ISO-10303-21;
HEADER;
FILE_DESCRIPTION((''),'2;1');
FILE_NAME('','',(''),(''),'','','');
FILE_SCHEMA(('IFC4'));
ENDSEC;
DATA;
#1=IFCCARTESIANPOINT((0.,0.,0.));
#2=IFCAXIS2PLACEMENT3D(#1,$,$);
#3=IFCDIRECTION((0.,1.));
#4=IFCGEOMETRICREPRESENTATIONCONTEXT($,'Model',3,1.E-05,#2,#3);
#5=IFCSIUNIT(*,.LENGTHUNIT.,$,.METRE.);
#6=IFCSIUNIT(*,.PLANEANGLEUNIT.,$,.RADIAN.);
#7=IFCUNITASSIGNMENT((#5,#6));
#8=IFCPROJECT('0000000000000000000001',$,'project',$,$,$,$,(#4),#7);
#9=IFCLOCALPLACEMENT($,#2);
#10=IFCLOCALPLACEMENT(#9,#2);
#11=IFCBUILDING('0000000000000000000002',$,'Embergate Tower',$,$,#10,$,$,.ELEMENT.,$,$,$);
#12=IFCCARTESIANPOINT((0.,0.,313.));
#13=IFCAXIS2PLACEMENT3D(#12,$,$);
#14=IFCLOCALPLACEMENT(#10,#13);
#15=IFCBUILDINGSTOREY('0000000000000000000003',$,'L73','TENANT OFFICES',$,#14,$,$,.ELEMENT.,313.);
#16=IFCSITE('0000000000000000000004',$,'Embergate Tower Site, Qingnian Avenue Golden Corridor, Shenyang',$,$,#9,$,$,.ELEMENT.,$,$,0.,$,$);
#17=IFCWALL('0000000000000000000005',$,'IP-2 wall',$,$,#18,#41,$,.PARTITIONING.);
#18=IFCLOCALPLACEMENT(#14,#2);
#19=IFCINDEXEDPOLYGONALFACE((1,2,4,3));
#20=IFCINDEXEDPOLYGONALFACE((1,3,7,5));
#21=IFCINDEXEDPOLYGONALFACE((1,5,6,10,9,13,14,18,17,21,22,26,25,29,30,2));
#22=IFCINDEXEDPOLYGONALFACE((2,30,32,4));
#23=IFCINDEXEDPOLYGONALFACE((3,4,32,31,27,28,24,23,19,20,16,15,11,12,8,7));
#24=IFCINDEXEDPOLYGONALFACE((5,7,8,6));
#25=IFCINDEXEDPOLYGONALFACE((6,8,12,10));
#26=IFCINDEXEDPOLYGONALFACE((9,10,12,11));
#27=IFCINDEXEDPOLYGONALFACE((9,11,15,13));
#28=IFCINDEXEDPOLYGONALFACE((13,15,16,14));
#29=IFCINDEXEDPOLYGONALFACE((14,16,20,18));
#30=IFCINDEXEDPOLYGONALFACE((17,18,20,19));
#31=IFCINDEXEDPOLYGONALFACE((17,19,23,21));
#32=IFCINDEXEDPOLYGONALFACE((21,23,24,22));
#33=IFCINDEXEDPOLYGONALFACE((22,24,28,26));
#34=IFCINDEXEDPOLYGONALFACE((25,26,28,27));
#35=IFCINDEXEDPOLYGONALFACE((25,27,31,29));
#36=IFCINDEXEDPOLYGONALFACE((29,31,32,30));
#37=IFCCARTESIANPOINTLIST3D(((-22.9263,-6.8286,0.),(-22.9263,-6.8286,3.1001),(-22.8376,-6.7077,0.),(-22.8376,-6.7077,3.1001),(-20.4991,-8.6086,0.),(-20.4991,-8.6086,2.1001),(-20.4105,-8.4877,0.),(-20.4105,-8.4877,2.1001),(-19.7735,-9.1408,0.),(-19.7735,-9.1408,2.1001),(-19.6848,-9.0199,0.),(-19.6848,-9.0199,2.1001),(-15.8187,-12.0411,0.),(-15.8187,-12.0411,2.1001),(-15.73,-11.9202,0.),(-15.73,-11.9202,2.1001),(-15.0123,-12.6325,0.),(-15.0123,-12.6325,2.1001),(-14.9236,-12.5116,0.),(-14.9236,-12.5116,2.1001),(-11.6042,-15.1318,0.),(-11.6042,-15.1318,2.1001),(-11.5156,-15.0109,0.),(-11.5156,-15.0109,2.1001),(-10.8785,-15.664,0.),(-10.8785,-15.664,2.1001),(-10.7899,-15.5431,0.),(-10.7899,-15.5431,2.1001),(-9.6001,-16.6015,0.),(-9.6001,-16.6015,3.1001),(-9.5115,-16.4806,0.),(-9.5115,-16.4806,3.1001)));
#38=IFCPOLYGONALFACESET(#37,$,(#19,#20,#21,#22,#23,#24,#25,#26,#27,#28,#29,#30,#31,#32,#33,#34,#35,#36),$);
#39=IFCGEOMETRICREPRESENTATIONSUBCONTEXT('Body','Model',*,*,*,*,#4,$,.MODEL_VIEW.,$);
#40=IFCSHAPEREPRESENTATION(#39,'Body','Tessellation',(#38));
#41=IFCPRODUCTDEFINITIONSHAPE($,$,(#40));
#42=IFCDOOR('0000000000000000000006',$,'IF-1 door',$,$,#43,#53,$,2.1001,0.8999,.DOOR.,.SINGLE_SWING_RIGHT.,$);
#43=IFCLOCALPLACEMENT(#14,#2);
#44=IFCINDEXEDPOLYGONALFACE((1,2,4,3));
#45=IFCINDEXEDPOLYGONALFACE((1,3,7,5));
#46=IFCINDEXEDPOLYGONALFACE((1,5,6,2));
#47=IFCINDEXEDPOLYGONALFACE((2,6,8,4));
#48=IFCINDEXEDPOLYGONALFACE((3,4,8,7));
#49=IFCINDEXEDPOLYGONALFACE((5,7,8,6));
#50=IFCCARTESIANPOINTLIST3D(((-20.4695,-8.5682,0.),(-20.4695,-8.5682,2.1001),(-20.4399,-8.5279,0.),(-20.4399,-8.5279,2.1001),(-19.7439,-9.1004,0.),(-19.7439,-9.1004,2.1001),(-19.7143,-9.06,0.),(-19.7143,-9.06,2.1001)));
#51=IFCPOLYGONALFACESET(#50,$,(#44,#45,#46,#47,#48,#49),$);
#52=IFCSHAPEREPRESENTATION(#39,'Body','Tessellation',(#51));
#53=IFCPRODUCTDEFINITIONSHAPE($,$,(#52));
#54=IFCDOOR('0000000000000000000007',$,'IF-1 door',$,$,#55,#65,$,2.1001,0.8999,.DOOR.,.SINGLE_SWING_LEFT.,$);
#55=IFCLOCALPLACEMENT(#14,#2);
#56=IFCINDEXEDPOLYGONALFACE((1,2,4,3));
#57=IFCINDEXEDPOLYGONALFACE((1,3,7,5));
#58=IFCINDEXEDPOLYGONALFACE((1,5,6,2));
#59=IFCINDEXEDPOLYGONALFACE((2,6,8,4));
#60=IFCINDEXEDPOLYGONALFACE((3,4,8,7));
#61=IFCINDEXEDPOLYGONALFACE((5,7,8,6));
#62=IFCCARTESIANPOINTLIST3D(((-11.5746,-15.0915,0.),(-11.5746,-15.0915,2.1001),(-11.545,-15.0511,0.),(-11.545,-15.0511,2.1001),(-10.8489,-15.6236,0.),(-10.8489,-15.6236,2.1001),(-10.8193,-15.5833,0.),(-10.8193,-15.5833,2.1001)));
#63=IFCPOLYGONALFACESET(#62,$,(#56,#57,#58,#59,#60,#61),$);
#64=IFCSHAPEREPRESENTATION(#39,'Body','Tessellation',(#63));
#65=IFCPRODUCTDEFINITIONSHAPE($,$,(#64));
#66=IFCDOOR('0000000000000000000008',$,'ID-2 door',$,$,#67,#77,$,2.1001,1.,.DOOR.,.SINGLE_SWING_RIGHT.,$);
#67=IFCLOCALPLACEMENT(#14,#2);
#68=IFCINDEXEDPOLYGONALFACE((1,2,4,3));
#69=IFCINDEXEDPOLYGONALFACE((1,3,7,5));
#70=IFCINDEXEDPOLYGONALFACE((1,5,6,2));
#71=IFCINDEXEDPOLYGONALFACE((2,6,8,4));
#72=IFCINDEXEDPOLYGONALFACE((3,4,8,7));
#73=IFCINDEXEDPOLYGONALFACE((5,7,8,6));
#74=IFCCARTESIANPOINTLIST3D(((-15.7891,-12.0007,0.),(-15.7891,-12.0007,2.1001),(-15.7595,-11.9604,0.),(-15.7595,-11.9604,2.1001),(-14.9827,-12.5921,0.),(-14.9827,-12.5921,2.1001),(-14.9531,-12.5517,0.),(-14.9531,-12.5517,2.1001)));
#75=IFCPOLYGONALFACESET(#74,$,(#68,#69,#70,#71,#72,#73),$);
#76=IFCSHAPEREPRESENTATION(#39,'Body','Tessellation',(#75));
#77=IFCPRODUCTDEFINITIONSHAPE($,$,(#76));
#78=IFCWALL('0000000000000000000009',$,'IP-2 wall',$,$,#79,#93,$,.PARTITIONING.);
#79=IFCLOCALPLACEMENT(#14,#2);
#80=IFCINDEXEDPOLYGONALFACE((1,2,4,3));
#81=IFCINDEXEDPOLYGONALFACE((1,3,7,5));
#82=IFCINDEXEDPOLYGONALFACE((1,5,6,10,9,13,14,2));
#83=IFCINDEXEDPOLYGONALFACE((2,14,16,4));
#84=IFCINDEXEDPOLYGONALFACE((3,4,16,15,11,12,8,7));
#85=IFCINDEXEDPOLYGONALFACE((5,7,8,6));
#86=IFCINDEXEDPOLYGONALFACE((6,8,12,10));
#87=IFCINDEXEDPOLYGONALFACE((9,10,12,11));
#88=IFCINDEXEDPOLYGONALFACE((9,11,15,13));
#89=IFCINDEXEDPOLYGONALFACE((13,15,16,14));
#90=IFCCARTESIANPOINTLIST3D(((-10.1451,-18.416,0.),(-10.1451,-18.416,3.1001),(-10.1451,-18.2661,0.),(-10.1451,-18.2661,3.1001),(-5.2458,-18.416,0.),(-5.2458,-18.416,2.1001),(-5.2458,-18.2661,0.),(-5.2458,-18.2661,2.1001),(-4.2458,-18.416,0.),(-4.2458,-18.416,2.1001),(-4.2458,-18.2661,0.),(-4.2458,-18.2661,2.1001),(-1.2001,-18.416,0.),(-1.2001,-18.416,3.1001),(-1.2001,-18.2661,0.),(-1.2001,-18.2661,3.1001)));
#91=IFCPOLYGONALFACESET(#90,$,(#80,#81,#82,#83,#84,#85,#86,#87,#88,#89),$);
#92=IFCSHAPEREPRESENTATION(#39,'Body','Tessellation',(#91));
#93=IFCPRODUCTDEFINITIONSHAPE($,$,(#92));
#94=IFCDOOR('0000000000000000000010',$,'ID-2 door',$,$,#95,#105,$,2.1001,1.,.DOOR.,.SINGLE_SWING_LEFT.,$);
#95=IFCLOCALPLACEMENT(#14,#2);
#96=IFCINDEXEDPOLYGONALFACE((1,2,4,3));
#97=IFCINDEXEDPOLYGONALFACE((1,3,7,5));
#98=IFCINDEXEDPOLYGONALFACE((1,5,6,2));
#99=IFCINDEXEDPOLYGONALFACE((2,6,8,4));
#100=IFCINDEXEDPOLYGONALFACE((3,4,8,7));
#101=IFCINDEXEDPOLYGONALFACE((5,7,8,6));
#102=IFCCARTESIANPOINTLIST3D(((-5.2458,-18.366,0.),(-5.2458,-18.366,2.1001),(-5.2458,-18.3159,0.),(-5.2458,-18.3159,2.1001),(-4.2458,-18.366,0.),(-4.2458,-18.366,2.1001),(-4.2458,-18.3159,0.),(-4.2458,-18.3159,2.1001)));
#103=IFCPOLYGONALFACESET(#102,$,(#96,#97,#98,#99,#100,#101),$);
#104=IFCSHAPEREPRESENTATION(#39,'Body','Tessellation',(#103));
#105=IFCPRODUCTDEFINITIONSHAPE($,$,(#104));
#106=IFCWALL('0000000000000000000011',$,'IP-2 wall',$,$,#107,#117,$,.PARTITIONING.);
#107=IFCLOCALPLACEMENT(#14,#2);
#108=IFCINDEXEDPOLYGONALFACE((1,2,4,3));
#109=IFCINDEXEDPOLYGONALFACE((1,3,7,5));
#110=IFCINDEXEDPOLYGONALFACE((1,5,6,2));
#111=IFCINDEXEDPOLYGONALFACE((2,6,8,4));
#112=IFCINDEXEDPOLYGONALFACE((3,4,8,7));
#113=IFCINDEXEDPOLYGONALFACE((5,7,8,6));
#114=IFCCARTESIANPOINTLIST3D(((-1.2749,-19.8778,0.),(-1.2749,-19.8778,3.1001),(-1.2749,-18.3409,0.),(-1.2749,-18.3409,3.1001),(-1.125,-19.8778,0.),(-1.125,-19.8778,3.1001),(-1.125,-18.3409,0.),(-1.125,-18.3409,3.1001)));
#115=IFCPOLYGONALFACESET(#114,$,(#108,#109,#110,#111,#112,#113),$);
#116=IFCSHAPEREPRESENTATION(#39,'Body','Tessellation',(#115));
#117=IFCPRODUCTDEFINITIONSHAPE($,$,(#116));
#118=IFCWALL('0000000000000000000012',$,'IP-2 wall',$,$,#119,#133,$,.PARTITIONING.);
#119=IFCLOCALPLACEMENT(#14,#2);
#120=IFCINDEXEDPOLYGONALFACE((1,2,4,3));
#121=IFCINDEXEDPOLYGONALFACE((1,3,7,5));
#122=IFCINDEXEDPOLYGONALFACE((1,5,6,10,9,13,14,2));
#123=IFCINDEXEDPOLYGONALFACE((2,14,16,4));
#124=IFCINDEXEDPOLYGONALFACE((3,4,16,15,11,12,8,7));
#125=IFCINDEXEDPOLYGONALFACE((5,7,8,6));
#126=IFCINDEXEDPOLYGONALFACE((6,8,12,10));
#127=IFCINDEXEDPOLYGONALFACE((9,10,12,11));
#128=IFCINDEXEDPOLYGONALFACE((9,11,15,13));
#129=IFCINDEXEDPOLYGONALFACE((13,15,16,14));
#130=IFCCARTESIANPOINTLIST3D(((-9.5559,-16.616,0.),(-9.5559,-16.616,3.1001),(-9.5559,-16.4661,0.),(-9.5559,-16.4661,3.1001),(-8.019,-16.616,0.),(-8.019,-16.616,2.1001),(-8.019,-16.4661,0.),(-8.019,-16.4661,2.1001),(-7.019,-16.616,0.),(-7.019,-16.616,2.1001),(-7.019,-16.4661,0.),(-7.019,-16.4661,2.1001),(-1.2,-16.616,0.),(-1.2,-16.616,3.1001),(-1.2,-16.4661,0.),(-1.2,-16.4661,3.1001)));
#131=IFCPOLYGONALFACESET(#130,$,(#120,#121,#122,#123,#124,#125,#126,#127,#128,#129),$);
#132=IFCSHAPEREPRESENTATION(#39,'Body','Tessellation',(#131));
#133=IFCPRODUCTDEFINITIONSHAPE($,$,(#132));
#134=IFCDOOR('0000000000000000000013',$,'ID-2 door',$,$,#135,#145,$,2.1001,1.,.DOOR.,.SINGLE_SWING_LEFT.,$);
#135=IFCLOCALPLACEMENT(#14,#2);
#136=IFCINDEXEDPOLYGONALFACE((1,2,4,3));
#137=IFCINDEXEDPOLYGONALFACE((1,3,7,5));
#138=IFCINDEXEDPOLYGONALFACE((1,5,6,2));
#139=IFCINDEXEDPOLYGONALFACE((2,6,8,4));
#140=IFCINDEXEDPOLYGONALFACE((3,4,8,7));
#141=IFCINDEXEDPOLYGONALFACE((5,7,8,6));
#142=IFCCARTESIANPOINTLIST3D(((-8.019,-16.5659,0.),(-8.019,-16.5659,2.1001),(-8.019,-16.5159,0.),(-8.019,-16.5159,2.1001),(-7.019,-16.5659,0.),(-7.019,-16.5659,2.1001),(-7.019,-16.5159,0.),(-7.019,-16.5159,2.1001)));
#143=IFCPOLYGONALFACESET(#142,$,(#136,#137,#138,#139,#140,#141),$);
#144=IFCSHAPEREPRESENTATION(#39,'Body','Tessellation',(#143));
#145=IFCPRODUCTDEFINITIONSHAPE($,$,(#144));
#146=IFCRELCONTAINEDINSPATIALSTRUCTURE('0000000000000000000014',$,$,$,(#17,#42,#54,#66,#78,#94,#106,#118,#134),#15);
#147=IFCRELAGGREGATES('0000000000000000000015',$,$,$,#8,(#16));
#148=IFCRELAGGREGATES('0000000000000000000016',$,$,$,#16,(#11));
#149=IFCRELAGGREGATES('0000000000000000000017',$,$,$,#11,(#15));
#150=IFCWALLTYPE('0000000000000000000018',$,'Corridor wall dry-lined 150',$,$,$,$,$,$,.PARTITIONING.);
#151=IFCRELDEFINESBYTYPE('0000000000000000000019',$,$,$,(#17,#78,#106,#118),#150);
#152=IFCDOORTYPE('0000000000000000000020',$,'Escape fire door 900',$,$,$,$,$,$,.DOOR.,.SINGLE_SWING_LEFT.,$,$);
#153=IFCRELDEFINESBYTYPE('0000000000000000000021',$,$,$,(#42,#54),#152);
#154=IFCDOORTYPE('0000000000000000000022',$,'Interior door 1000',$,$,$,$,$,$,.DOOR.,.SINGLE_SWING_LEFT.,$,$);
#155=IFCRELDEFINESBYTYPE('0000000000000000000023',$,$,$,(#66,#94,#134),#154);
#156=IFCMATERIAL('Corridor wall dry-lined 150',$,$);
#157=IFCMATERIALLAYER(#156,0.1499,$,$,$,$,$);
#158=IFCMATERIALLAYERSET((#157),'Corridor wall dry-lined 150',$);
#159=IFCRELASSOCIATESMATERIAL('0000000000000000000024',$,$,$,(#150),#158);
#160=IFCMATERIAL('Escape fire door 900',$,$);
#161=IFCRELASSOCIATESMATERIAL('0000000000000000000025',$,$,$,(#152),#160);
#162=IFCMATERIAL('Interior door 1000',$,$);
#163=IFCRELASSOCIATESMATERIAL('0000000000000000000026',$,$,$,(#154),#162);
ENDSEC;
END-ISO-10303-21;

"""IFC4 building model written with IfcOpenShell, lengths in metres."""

from ifc_helpers import new_model, si_unit, direction, frame, frame_2d, origin, place, context, subcontext, project, spatial, rectangle, extrude, source, transform, mapped, material, layer, layer_set, type_object, element, fill, save


model = new_model("IFC4")

# Units and contexts
model_context = context("Model", 3, precision=1e-05, world=origin(), true_north=direction((0.0, 1.0)))
body_context = subcontext(model_context, "Body", "Model", "MODEL_VIEW")
ifc_project = project(units=[si_unit("LENGTHUNIT", "METRE"), si_unit("PLANEANGLEUNIT", "RADIAN")], contexts=[model_context])

# Site, building, storey
site_placement = place(None, origin())
site = spatial("IfcSite", under=ifc_project, at=site_placement, Name="Embergate Tower Site, Qingnian Avenue Golden Corridor, Shenyang", CompositionType="ELEMENT", RefElevation=0.0)
building_placement = place(site_placement, origin())
building = spatial("IfcBuilding", under=site, at=building_placement, Name="Embergate Tower", CompositionType="ELEMENT")
storey_placement = place(building_placement, frame((0.0, 0.0, 313.0)))
storey = spatial("IfcBuildingStorey", under=building, at=storey_placement, Name="L73", Description="TENANT OFFICES", CompositionType="ELEMENT", Elevation=313.0)

# Wall, openings, doors
ifc_material_1 = material(Name="Corridor wall dry-lined 150")
ifc_layer_1 = layer(ifc_material_1, 0.1499)
ifc_layer_set_1 = layer_set([ifc_layer_1], Name="Corridor wall dry-lined 150")
wall_type_1 = type_object("IfcWallType", Name="Corridor wall dry-lined 150", PredefinedType="PARTITIONING", material=ifc_layer_set_1)
shared_shape_1 = source(origin(), body_context, "Body", "SweptSolid", [
    extrude(rectangle(XDim=0.8999, YDim=2.1001, at=frame_2d((0.45, 1.05))), frame((0.0, 0.085, 0.0), z_axis=(0.0, -1.0, 0.0), x_axis=(1.0, 0.0, 0.0)), (0.0, 0.0, 1.0), 0.1699),
])
shared_shape_2 = source(origin(), body_context, "Body", "SweptSolid", [
    extrude(rectangle(XDim=1.0, YDim=2.1001, at=frame_2d((0.5, 1.05))), frame((0.0, 0.085, 0.0), z_axis=(0.0, -1.0, 0.0), x_axis=(1.0, 0.0, 0.0)), (0.0, 0.0, 1.0), 0.1699),
])
ifc_material_2 = material(Name="Escape fire door 900")
door_type_1 = type_object("IfcDoorType", Name="Escape fire door 900", OperationType="SINGLE_SWING_LEFT", PredefinedType="DOOR", material=ifc_material_2)
shared_shape_3 = source(origin(), body_context, "Body", "SweptSolid", [
    extrude(rectangle(XDim=0.8999, YDim=2.1001, at=frame_2d((0.45, 1.05))), frame((0.0, 0.0249, 0.0), z_axis=(0.0, -1.0, 0.0), x_axis=(1.0, 0.0, 0.0)), (0.0, 0.0, 1.0), 0.05),
])
ifc_material_3 = material(Name="Interior door 1000")
door_type_2 = type_object("IfcDoorType", Name="Interior door 1000", OperationType="SINGLE_SWING_LEFT", PredefinedType="DOOR", material=ifc_material_3)
shared_shape_4 = source(origin(), body_context, "Body", "SweptSolid", [
    extrude(rectangle(XDim=1.0, YDim=2.1001, at=frame_2d((0.5, 1.05))), frame((0.0, 0.0249, 0.0), z_axis=(0.0, -1.0, 0.0), x_axis=(1.0, 0.0, 0.0)), (0.0, 0.0, 1.0), 0.05),
])
shared_shape_5 = source(origin(), body_context, "Body", "SweptSolid", [
    extrude(rectangle(XDim=16.5256, YDim=0.1499, at=frame_2d((8.2627, 0.0))), origin(), (0.0, 0.0, 1.0), 3.1001),
])
wall_1_placement = place(storey_placement, frame((-9.5559, -16.541, 0.0), z_axis=(0.0, 0.0, 1.0), x_axis=(-0.806393, 0.59138, 0.0)))
wall_1 = element("IfcWall", 1, at=wall_1_placement, inside=storey, type_object=wall_type_1, Name="IP-2 wall", PredefinedType="PARTITIONING", context=body_context, shape_type="MappedRepresentation", body=[
    mapped(shared_shape_5, transform((0.0, 0.0, 0.0))),
])
opening_1_placement = place(wall_1_placement, frame((12.6157, 0.0, 0.0)))
opening_1 = element("IfcOpeningElement", 2, at=opening_1_placement, cuts=wall_1, PredefinedType="OPENING", context=body_context, shape_type="MappedRepresentation", body=[
    mapped(shared_shape_1, transform((0.0, 0.0, 0.0))),
])
opening_2_placement = place(wall_1_placement, frame((6.7114, 0.0, 0.0)))
opening_2 = element("IfcOpeningElement", 3, at=opening_2_placement, cuts=wall_1, PredefinedType="OPENING", context=body_context, shape_type="MappedRepresentation", body=[
    mapped(shared_shape_2, transform((0.0, 0.0, 0.0))),
])
opening_3_placement = place(wall_1_placement, frame((1.5852, 0.0, 0.0)))
opening_3 = element("IfcOpeningElement", 4, at=opening_3_placement, cuts=wall_1, PredefinedType="OPENING", context=body_context, shape_type="MappedRepresentation", body=[
    mapped(shared_shape_1, transform((0.0, 0.0, 0.0))),
])
door_1_placement = place(opening_1_placement, origin())
door_1 = element("IfcDoor", 5, at=door_1_placement, inside=storey, type_object=door_type_1, Name="IF-1 door", OperationType="SINGLE_SWING_RIGHT", OverallHeight=2.1001, OverallWidth=0.8999, PredefinedType="DOOR", context=body_context, shape_type="MappedRepresentation", body=[
    mapped(shared_shape_3, transform((0.0, 0.0, 0.0))),
])
fill(opening_1, door_1)
door_2_placement = place(opening_3_placement, origin())
door_2 = element("IfcDoor", 6, at=door_2_placement, inside=storey, type_object=door_type_1, Name="IF-1 door", OperationType="SINGLE_SWING_LEFT", OverallHeight=2.1001, OverallWidth=0.8999, PredefinedType="DOOR", context=body_context, shape_type="MappedRepresentation", body=[
    mapped(shared_shape_3, transform((0.0, 0.0, 0.0))),
])
fill(opening_3, door_2)
door_3_placement = place(opening_2_placement, origin())
door_3 = element("IfcDoor", 7, at=door_3_placement, inside=storey, type_object=door_type_2, Name="ID-2 door", OperationType="SINGLE_SWING_RIGHT", OverallHeight=2.1001, OverallWidth=1.0, PredefinedType="DOOR", context=body_context, shape_type="MappedRepresentation", body=[
    mapped(shared_shape_4, transform((0.0, 0.0, 0.0))),
])
fill(opening_2, door_3)

# Wall, opening, door
shared_shape_6 = source(origin(), body_context, "Body", "SweptSolid", [
    extrude(rectangle(XDim=8.9451, YDim=0.1499, at=frame_2d((4.4727, 0.0))), origin(), (0.0, 0.0, 1.0), 3.1001),
])
wall_2_placement = place(storey_placement, frame((-1.2, -18.3411, 0.0), z_axis=(0.0, 0.0, 1.0), x_axis=(-1.0, 0.0, 0.0)))
wall_2 = element("IfcWall", 8, at=wall_2_placement, inside=storey, type_object=wall_type_1, Name="IP-2 wall", PredefinedType="PARTITIONING", context=body_context, shape_type="MappedRepresentation", body=[
    mapped(shared_shape_6, transform((0.0, 0.0, 0.0))),
])
opening_4_placement = place(wall_2_placement, frame((3.0459, 0.0, 0.0)))
opening_4 = element("IfcOpeningElement", 9, at=opening_4_placement, cuts=wall_2, PredefinedType="OPENING", context=body_context, shape_type="MappedRepresentation", body=[
    mapped(shared_shape_2, transform((0.0, 0.0, 0.0))),
])
door_4_placement = place(opening_4_placement, origin())
door_4 = element("IfcDoor", 10, at=door_4_placement, inside=storey, type_object=door_type_2, Name="ID-2 door", OperationType="SINGLE_SWING_LEFT", OverallHeight=2.1001, OverallWidth=1.0, PredefinedType="DOOR", context=body_context, shape_type="MappedRepresentation", body=[
    mapped(shared_shape_4, transform((0.0, 0.0, 0.0))),
])
fill(opening_4, door_4)

# Wall
shared_shape_7 = source(origin(), body_context, "Body", "SweptSolid", [
    extrude(rectangle(XDim=1.5369, YDim=0.1499, at=frame_2d((0.7686, 0.0))), origin(), (0.0, 0.0, 1.0), 3.1001),
])
wall_3_placement = place(storey_placement, frame((-1.2, -19.8779, 0.0), z_axis=(0.0, 0.0, 1.0), x_axis=(0.0, 1.0, 0.0)))
element("IfcWall", 11, at=wall_3_placement, inside=storey, type_object=wall_type_1, Name="IP-2 wall", PredefinedType="PARTITIONING", context=body_context, shape_type="MappedRepresentation", body=[
    mapped(shared_shape_7, transform((0.0, 0.0, 0.0))),
])

# Wall, opening, door
shared_shape_8 = source(origin(), body_context, "Body", "SweptSolid", [
    extrude(rectangle(XDim=8.356, YDim=0.1499, at=frame_2d((4.178, 0.0))), origin(), (0.0, 0.0, 1.0), 3.1001),
])
wall_4_placement = place(storey_placement, frame((-1.2, -16.541, 0.0), z_axis=(0.0, 0.0, 1.0), x_axis=(-1.0, 0.0, 0.0)))
wall_4 = element("IfcWall", 12, at=wall_4_placement, inside=storey, type_object=wall_type_1, Name="IP-2 wall", PredefinedType="PARTITIONING", context=body_context, shape_type="MappedRepresentation", body=[
    mapped(shared_shape_8, transform((0.0, 0.0, 0.0))),
])
opening_5_placement = place(wall_4_placement, frame((5.8191, 0.0, 0.0)))
opening_5 = element("IfcOpeningElement", 13, at=opening_5_placement, cuts=wall_4, PredefinedType="OPENING", context=body_context, shape_type="MappedRepresentation", body=[
    mapped(shared_shape_2, transform((0.0, 0.0, 0.0))),
])
door_5_placement = place(opening_5_placement, origin())
door_5 = element("IfcDoor", 14, at=door_5_placement, inside=storey, type_object=door_type_2, Name="ID-2 door", OperationType="SINGLE_SWING_LEFT", OverallHeight=2.1001, OverallWidth=1.0, PredefinedType="DOOR", context=body_context, shape_type="MappedRepresentation", body=[
    mapped(shared_shape_4, transform((0.0, 0.0, 0.0))),
])
fill(opening_5, door_5)

save(model, "model.ifc")
